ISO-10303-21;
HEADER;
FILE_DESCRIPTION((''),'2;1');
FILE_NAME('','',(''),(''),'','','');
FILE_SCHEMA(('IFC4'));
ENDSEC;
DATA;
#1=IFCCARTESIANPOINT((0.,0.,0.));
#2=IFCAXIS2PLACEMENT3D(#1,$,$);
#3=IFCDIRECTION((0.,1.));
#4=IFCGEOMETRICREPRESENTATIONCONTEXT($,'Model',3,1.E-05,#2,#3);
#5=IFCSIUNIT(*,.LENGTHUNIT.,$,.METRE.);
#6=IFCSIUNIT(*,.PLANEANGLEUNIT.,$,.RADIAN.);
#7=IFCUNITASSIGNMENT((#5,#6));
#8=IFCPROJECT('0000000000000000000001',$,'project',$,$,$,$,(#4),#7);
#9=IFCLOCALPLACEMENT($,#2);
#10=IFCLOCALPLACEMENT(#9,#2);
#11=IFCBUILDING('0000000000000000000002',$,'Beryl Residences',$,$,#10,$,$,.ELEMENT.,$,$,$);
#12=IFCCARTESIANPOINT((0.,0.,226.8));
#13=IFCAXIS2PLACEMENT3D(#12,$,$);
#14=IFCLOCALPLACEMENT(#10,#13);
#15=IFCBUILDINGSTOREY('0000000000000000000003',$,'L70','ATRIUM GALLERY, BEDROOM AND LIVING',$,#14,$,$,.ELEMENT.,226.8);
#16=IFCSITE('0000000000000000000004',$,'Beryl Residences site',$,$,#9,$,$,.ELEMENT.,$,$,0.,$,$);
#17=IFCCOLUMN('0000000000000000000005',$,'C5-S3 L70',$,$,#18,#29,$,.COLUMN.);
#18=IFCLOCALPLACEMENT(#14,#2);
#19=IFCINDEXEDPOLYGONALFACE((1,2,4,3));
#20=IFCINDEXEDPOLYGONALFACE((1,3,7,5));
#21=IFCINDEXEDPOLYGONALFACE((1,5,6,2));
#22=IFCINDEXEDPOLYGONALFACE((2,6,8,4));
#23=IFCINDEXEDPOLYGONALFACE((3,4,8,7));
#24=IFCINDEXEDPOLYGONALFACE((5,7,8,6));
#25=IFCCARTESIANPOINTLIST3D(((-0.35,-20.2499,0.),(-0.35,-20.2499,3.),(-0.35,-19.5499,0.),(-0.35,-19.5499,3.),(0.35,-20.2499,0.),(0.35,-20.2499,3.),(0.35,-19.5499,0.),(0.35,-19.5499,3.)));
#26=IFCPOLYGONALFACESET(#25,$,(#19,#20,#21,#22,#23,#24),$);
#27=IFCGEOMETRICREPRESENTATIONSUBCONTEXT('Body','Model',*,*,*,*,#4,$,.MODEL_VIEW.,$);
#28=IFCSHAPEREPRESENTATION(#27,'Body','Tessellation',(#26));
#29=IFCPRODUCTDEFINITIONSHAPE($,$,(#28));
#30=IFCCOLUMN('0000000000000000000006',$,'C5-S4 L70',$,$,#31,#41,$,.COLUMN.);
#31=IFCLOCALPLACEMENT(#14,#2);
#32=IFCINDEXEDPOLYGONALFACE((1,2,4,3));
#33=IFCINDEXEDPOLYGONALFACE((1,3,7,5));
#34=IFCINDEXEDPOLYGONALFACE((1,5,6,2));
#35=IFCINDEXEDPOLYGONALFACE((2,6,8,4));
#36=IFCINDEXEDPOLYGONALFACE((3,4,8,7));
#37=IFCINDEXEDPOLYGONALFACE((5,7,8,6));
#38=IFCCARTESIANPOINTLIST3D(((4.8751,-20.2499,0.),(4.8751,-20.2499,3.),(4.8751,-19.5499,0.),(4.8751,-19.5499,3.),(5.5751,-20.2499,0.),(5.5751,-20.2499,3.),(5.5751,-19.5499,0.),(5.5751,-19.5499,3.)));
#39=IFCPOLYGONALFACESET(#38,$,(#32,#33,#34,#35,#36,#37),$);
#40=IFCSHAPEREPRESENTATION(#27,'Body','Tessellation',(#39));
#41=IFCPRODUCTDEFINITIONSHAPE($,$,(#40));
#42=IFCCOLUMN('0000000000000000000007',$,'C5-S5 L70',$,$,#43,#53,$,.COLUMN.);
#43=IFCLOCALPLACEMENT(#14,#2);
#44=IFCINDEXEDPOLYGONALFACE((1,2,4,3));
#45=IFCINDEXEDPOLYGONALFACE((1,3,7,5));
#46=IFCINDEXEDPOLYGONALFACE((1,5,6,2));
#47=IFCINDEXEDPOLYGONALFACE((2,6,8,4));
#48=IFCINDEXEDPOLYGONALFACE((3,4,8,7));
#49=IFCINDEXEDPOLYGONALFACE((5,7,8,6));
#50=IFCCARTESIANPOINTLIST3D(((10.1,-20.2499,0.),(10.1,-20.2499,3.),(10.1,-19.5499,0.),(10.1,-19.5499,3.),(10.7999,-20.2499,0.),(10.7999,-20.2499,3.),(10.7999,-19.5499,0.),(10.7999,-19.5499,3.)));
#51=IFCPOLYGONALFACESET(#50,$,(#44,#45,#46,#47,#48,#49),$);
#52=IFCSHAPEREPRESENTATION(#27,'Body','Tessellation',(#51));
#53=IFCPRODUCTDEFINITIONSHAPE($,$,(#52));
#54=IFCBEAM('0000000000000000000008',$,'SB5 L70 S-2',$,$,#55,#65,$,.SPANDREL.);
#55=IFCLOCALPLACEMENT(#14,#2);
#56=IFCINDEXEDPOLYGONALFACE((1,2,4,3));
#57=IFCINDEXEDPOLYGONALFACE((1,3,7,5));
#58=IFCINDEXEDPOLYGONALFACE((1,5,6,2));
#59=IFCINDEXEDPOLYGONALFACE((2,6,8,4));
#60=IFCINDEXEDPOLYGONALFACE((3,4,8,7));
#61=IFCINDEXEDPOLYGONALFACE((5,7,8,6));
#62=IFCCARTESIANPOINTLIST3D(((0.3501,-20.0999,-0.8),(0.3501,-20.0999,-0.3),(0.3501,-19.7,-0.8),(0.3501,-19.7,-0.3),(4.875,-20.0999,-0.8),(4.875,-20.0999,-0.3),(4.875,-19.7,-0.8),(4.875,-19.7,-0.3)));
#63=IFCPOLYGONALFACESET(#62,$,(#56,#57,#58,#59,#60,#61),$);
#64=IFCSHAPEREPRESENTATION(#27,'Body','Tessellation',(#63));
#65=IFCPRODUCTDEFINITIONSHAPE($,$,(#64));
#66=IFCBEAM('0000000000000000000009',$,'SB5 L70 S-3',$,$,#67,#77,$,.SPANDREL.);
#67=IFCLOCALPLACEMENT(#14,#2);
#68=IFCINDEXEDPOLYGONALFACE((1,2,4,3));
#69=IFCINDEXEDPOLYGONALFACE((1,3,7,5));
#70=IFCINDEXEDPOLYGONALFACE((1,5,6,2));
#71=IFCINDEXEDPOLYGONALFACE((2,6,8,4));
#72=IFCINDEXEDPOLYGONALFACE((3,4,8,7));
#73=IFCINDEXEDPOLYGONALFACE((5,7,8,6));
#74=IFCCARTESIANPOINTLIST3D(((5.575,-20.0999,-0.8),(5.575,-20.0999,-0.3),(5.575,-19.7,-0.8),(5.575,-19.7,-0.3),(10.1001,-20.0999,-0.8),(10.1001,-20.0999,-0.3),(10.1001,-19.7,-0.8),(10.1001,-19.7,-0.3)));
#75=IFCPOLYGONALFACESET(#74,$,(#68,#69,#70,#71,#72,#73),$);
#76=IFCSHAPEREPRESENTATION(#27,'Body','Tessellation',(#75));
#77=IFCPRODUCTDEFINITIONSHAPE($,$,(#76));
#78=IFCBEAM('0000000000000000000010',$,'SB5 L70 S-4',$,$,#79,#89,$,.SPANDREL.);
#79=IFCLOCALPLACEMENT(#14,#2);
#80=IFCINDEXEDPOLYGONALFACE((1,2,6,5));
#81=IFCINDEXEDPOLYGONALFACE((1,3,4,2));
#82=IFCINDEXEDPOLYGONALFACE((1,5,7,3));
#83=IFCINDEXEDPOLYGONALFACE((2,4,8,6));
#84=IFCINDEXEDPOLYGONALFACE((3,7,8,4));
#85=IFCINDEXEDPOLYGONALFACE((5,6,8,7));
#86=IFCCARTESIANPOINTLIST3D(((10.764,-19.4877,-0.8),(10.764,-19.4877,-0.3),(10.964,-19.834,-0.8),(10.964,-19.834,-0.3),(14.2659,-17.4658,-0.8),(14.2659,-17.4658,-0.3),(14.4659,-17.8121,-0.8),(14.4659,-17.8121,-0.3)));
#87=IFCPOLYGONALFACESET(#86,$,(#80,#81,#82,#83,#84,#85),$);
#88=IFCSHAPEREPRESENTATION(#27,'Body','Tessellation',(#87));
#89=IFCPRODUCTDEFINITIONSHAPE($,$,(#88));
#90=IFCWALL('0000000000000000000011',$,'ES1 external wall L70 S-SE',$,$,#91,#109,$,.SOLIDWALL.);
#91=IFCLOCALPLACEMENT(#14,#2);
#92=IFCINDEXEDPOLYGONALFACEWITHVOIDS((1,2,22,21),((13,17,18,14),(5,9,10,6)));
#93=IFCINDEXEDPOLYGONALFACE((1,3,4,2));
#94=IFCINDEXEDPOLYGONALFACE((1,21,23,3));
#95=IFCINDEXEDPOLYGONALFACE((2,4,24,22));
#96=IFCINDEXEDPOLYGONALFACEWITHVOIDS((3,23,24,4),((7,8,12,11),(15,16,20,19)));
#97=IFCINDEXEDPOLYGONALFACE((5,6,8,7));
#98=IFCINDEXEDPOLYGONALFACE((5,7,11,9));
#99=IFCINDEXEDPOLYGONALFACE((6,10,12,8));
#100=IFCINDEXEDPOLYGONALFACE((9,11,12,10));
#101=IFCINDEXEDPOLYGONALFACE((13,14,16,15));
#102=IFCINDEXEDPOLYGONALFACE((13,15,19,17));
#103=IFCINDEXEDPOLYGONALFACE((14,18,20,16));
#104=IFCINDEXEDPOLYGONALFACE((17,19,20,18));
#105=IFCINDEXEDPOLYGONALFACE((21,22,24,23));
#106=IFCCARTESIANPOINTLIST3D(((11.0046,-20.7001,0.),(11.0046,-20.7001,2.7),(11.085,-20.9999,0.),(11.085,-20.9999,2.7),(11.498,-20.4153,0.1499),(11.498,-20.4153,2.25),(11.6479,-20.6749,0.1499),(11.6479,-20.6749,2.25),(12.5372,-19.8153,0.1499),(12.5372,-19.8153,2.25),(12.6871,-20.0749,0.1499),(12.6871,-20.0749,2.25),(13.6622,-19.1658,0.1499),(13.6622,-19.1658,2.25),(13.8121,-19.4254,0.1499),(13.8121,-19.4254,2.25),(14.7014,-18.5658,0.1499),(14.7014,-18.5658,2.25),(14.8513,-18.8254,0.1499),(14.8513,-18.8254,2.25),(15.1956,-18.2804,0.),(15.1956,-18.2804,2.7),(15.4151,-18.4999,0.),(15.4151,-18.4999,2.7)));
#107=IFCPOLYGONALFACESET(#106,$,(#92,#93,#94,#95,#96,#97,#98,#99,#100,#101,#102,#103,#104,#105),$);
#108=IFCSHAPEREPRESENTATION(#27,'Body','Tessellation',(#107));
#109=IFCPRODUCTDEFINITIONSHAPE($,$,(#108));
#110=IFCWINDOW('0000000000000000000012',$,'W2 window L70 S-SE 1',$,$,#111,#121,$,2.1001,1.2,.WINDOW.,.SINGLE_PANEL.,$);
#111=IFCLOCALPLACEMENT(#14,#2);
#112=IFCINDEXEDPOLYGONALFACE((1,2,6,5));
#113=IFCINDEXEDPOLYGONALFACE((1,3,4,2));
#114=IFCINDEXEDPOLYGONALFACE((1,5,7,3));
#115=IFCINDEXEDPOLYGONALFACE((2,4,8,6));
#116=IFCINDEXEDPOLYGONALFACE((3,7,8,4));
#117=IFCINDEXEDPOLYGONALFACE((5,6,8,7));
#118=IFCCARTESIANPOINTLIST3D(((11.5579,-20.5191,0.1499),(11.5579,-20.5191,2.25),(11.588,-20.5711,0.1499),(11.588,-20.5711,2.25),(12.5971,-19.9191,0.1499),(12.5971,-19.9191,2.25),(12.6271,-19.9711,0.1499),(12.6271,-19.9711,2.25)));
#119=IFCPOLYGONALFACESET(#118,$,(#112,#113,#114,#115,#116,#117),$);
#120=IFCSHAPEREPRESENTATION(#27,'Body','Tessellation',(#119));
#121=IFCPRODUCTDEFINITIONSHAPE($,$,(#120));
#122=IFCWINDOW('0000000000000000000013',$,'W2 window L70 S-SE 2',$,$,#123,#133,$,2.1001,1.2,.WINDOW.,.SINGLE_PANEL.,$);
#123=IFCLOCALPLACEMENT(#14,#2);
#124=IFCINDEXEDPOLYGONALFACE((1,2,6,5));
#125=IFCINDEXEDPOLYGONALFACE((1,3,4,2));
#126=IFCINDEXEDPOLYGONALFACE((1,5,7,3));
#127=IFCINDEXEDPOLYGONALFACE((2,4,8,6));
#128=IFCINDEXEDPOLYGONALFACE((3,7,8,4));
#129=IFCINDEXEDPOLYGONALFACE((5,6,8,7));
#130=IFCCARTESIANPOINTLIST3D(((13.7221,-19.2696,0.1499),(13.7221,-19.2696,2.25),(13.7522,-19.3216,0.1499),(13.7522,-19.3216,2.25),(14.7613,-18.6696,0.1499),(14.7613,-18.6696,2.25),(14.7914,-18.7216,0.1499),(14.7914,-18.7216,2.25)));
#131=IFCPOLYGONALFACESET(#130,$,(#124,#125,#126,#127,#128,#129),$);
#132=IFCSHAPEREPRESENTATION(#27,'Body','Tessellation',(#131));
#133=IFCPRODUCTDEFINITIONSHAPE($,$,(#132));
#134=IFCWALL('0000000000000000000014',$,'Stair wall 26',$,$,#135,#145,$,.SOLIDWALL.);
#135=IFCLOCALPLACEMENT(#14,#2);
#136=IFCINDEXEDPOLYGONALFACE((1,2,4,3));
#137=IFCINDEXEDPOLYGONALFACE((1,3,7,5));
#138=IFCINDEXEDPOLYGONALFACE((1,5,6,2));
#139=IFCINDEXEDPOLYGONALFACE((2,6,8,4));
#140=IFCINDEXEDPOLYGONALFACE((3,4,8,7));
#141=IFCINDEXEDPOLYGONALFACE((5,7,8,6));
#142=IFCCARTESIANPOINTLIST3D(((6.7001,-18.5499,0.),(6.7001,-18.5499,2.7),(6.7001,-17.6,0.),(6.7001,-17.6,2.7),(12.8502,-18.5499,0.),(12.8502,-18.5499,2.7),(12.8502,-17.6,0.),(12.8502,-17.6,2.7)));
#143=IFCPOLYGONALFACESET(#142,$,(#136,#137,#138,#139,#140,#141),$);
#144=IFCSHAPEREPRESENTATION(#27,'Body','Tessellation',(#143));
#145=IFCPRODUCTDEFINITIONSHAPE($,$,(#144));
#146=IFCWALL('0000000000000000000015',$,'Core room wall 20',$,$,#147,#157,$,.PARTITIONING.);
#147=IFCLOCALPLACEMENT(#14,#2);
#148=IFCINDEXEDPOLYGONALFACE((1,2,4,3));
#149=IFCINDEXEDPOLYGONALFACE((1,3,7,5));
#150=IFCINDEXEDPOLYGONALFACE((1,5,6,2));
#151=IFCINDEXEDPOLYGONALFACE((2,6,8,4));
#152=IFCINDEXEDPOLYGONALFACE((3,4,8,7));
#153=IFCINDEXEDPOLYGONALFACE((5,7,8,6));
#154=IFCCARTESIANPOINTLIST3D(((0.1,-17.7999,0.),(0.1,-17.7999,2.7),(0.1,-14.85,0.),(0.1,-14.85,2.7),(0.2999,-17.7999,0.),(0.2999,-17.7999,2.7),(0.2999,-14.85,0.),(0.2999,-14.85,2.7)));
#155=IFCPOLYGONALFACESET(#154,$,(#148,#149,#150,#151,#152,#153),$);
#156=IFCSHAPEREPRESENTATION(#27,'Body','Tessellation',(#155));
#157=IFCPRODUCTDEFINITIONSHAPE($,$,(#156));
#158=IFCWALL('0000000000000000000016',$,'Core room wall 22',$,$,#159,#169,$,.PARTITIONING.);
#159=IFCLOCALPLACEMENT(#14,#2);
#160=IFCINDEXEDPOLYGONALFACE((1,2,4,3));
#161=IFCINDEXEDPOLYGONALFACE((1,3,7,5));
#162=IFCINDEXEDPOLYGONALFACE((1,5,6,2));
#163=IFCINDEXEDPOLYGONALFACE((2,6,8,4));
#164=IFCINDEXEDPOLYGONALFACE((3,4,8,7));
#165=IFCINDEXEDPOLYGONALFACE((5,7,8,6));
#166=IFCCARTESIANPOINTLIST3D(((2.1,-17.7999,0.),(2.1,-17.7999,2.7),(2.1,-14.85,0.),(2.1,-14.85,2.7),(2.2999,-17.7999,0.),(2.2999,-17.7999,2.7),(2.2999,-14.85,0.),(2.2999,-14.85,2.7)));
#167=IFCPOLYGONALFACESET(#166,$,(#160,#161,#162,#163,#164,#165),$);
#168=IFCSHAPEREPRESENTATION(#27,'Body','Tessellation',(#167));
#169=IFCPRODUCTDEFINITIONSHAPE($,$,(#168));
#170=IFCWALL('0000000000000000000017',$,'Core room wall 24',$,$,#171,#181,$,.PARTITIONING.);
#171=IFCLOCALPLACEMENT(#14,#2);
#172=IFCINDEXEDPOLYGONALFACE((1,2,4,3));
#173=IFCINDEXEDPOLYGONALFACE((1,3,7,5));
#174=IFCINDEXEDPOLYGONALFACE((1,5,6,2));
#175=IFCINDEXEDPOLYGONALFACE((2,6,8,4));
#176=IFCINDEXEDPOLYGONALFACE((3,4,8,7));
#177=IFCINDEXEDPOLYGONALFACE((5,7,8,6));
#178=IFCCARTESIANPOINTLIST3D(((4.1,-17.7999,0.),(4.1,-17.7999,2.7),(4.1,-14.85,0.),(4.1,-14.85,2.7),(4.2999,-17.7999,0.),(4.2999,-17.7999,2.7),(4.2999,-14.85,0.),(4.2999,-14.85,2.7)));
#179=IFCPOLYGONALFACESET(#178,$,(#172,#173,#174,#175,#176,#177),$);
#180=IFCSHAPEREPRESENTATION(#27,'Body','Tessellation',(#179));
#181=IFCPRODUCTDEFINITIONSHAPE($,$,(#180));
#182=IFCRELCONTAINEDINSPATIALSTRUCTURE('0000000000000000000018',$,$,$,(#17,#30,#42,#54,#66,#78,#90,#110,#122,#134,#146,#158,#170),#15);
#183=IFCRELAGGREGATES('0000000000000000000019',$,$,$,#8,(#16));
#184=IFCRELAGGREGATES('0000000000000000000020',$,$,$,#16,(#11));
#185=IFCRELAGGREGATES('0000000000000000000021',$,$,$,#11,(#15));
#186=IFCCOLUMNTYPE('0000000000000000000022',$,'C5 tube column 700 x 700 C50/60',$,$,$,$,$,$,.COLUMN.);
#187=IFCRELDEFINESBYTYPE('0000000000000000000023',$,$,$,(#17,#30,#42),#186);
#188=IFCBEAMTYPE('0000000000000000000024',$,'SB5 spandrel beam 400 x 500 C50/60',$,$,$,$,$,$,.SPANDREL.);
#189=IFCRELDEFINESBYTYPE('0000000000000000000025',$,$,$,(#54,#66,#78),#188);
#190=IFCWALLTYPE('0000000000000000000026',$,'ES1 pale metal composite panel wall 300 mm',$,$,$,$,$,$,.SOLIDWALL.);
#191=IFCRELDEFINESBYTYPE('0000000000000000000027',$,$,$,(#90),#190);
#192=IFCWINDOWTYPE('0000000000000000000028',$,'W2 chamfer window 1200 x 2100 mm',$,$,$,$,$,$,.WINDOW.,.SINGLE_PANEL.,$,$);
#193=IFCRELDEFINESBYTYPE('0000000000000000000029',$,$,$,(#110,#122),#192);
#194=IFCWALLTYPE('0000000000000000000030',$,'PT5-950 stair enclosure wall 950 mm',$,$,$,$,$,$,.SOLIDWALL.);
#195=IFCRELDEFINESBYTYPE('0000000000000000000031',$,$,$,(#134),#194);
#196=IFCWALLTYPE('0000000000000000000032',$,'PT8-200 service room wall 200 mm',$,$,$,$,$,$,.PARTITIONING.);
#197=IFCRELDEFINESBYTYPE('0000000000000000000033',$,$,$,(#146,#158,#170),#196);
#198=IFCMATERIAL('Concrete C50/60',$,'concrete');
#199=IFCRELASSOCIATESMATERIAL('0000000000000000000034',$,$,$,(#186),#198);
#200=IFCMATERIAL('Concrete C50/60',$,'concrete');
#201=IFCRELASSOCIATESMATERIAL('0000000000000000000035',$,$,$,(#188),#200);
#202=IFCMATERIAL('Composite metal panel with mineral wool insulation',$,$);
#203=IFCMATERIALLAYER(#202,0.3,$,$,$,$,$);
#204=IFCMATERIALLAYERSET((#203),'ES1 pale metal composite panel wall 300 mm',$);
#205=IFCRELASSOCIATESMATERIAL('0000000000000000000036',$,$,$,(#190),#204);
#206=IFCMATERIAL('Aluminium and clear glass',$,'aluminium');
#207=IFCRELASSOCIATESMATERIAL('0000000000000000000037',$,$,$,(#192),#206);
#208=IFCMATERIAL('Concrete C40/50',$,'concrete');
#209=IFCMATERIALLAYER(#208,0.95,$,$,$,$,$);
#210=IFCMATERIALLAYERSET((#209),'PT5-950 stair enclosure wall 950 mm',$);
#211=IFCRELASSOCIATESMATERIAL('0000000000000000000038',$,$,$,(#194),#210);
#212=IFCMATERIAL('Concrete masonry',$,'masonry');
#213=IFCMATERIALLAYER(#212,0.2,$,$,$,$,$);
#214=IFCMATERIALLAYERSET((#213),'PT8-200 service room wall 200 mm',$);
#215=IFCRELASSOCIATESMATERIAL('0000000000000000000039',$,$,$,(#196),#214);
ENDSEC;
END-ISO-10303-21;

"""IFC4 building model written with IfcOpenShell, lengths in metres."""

from ifc_helpers import new_model, si_unit, direction, frame, frame_2d, origin, origin_2d, place, context, subcontext, project, spatial, polyline, rectangle, outline, extrude, material, layer, layer_set, material_profile, profile_set, type_object, element, fill, save


model = new_model("IFC4")

# Units and contexts
model_context = context("Model", 3, precision=1e-05, world=origin(), true_north=direction((0.0, 1.0)))
body_context = subcontext(model_context, "Body", "Model", "MODEL_VIEW")
ifc_project = project(units=[si_unit("LENGTHUNIT", "METRE"), si_unit("PLANEANGLEUNIT", "RADIAN")], contexts=[model_context])

# Site, building, storey
site_placement = place(None, origin())
site = spatial("IfcSite", under=ifc_project, at=site_placement, Name="Beryl Residences site", CompositionType="ELEMENT", RefElevation=0.0)
building_placement = place(site_placement, origin())
building = spatial("IfcBuilding", under=site, at=building_placement, Name="Beryl Residences", CompositionType="ELEMENT")
storey_placement = place(building_placement, frame((0.0, 0.0, 226.8)))
storey = spatial("IfcBuildingStorey", under=building, at=storey_placement, Name="L70", Description="ATRIUM GALLERY, BEDROOM AND LIVING", CompositionType="ELEMENT", Elevation=226.8)

# Columns
ifc_material_1 = material(Name="Concrete C50/60", Category="concrete")
ifc_material_profile_1 = material_profile(ifc_material_1, rectangle(XDim=0.7, YDim=0.7, at=origin_2d()))
ifc_profile_set_1 = profile_set([ifc_material_profile_1], Name="Concrete C50/60")
column_type = type_object("IfcColumnType", Name="C5 tube column 700 x 700 C50/60", PredefinedType="COLUMN", material=ifc_profile_set_1)
for number, where, z_axis, x_axis, name in (
    (1, (0.0, -19.8999, 0.0), (0.0, 0.0, 1.0), (1.0, 0.0, 0.0), "C5-S3 L70"),
    (2, (5.2251, -19.8999, 0.0), (0.0, 0.0, 1.0), (1.0, 0.0, 0.0), "C5-S4 L70"),
    (3, (10.45, -19.8999, 0.0), (0.0, 0.0, 1.0), (1.0, 0.0, 0.0), "C5-S5 L70"),
):
    element("IfcColumn", number, at=place(storey_placement, frame(where, z_axis=z_axis, x_axis=x_axis)), inside=storey, type_object=column_type, Name=name, PredefinedType="COLUMN", context=body_context, shape_type="SweptSolid", body=[
        extrude(rectangle(XDim=0.7, YDim=0.7, at=origin_2d()), origin(), (0.0, 0.0, 1.0), 3.0),
    ])

# Beams
ifc_material_2 = material(Name="Concrete C50/60", Category="concrete")
ifc_material_profile_2 = material_profile(ifc_material_2, rectangle(XDim=0.3999, YDim=0.5, at=origin_2d()))
ifc_profile_set_2 = profile_set([ifc_material_profile_2], Name="Concrete C50/60")
beam_type = type_object("IfcBeamType", Name="SB5 spandrel beam 400 x 500 C50/60", PredefinedType="SPANDREL", material=ifc_profile_set_2)
beam_1_placement = place(storey_placement, frame((0.3501, -19.8999, -0.55), z_axis=(1.0, 0.0, 0.0), x_axis=(0.0, 1.0, 0.0)))
element("IfcBeam", 4, at=beam_1_placement, inside=storey, type_object=beam_type, Name="SB5 L70 S-2", PredefinedType="SPANDREL", context=body_context, shape_type="SweptSolid", body=[
    extrude(rectangle(XDim=0.3999, YDim=0.5, at=origin_2d()), origin(), (0.0, 0.0, 1.0), 4.5249),
])
beam_2_placement = place(storey_placement, frame((5.575, -19.8999, -0.55), z_axis=(1.0, 0.0, 0.0), x_axis=(0.0, 1.0, 0.0)))
element("IfcBeam", 5, at=beam_2_placement, inside=storey, type_object=beam_type, Name="SB5 L70 S-3", PredefinedType="SPANDREL", context=body_context, shape_type="SweptSolid", body=[
    extrude(rectangle(XDim=0.3999, YDim=0.5, at=origin_2d()), origin(), (0.0, 0.0, 1.0), 4.5251),
])
beam_3_placement = place(storey_placement, frame((10.864, -19.6609, -0.55), z_axis=(0.866013, 0.500022, 0.0), x_axis=(-0.500022, 0.866013, 0.0)))
element("IfcBeam", 6, at=beam_3_placement, inside=storey, type_object=beam_type, Name="SB5 L70 S-4", PredefinedType="SPANDREL", context=body_context, shape_type="SweptSolid", body=[
    extrude(rectangle(XDim=0.3999, YDim=0.5, at=origin_2d()), origin(), (0.0, 0.0, 1.0), 4.0437),
])

# Wall, openings, windows
ifc_material_3 = material(Name="Composite metal panel with mineral wool insulation")
ifc_layer_1 = layer(ifc_material_3, 0.3)
ifc_layer_set_1 = layer_set([ifc_layer_1], Name="ES1 pale metal composite panel wall 300 mm")
wall_type_1 = type_object("IfcWallType", Name="ES1 pale metal composite panel wall 300 mm", PredefinedType="SOLIDWALL", material=ifc_layer_set_1)
wall_1_placement = place(storey_placement, frame((11.01, -20.8701, 0.0), z_axis=(0.0, 0.0, 1.0), x_axis=(0.866023, 0.500004, 0.0)))
wall_1 = element("IfcWall", 7, at=wall_1_placement, inside=storey, type_object=wall_type_1, Name="ES1 external wall L70 S-SE", PredefinedType="SOLIDWALL", context=body_context, shape_type="SweptSolid", body=[
    extrude(outline(polyline([(0.0, -0.1499), (5.0, -0.1499), (4.9197, 0.1499), (0.0803, 0.1499), (0.0, -0.1499)])), origin(), (0.0, 0.0, 1.0), 2.7),
])
opening_1_placement = place(wall_1_placement, frame((0.6499, 0.0, 0.1499)))
opening_1 = element("IfcOpeningElement", 8, at=opening_1_placement, cuts=wall_1, PredefinedType="OPENING", context=body_context, shape_type="SweptSolid", body=[
    extrude(rectangle(XDim=1.2, YDim=2.1001, at=frame_2d((0.6001, 1.05))), frame((0.0, 0.1599, 0.0), z_axis=(0.0, -1.0, 0.0), x_axis=(1.0, 0.0, 0.0)), (0.0, 0.0, 1.0), 0.3201),
])
opening_2_placement = place(wall_1_placement, frame((3.1489, 0.0, 0.1499)))
opening_2 = element("IfcOpeningElement", 9, at=opening_2_placement, cuts=wall_1, PredefinedType="OPENING", context=body_context, shape_type="SweptSolid", body=[
    extrude(rectangle(XDim=1.2, YDim=2.1001, at=frame_2d((0.6001, 1.05))), frame((0.0, 0.1599, 0.0), z_axis=(0.0, -1.0, 0.0), x_axis=(1.0, 0.0, 0.0)), (0.0, 0.0, 1.0), 0.3201),
])
ifc_material_4 = material(Name="Aluminium and clear glass", Category="aluminium")
window_type = type_object("IfcWindowType", Name="W2 chamfer window 1200 x 2100 mm", PartitioningType="SINGLE_PANEL", PredefinedType="WINDOW", material=ifc_material_4)
window_1_placement = place(opening_1_placement, origin())
window_1 = element("IfcWindow", 10, at=window_1_placement, inside=storey, type_object=window_type, Name="W2 window L70 S-SE 1", OverallHeight=2.1001, OverallWidth=1.2, PartitioningType="SINGLE_PANEL", PredefinedType="WINDOW", context=body_context, shape_type="SweptSolid", body=[
    extrude(rectangle(XDim=1.2, YDim=2.1001, at=frame_2d((0.6001, 1.05))), frame((0.0, 0.03, 0.0), z_axis=(0.0, -1.0, 0.0), x_axis=(1.0, 0.0, 0.0)), (0.0, 0.0, 1.0), 0.0601),
])
fill(opening_1, window_1)
window_2_placement = place(opening_2_placement, origin())
window_2 = element("IfcWindow", 11, at=window_2_placement, inside=storey, type_object=window_type, Name="W2 window L70 S-SE 2", OverallHeight=2.1001, OverallWidth=1.2, PartitioningType="SINGLE_PANEL", PredefinedType="WINDOW", context=body_context, shape_type="SweptSolid", body=[
    extrude(rectangle(XDim=1.2, YDim=2.1001, at=frame_2d((0.6001, 1.05))), frame((0.0, 0.03, 0.0), z_axis=(0.0, -1.0, 0.0), x_axis=(1.0, 0.0, 0.0)), (0.0, 0.0, 1.0), 0.0601),
])
fill(opening_2, window_2)

# Walls
ifc_material_5 = material(Name="Concrete C40/50", Category="concrete")
ifc_layer_2 = layer(ifc_material_5, 0.95)
ifc_layer_set_2 = layer_set([ifc_layer_2], Name="PT5-950 stair enclosure wall 950 mm")
wall_type_2 = type_object("IfcWallType", Name="PT5-950 stair enclosure wall 950 mm", PredefinedType="SOLIDWALL", material=ifc_layer_set_2)
wall_2_placement = place(storey_placement, frame((6.7, -18.075, 0.0), z_axis=(0.0, 0.0, 1.0), x_axis=(1.0, 0.0, 0.0)))
element("IfcWall", 12, at=wall_2_placement, inside=storey, type_object=wall_type_2, Name="Stair wall 26", PredefinedType="SOLIDWALL", context=body_context, shape_type="SweptSolid", body=[
    extrude(rectangle(XDim=6.1501, YDim=0.95, at=frame_2d((3.0752, 0.0))), origin(), (0.0, 0.0, 1.0), 2.7),
])
ifc_material_6 = material(Name="Concrete masonry", Category="masonry")
ifc_layer_3 = layer(ifc_material_6, 0.2)
ifc_layer_set_3 = layer_set([ifc_layer_3], Name="PT8-200 service room wall 200 mm")
wall_type_3 = type_object("IfcWallType", Name="PT8-200 service room wall 200 mm", PredefinedType="PARTITIONING", material=ifc_layer_set_3)
for number, where, z_axis, x_axis, name in (
    (13, (0.2, -17.8, 0.0), (0.0, 0.0, 1.0), (0.0, 1.0, 0.0), "Core room wall 20"),
    (14, (2.2, -17.8, 0.0), (0.0, 0.0, 1.0), (0.0, 1.0, 0.0), "Core room wall 22"),
    (15, (4.2, -17.8, 0.0), (0.0, 0.0, 1.0), (0.0, 1.0, 0.0), "Core room wall 24"),
):
    element("IfcWall", number, at=place(storey_placement, frame(where, z_axis=z_axis, x_axis=x_axis)), inside=storey, type_object=wall_type_3, Name=name, PredefinedType="PARTITIONING", context=body_context, shape_type="SweptSolid", body=[
        extrude(rectangle(XDim=2.95, YDim=0.2, at=frame_2d((1.4751, 0.0))), origin(), (0.0, 0.0, 1.0), 2.7),
    ])

save(model, "model.ifc")
